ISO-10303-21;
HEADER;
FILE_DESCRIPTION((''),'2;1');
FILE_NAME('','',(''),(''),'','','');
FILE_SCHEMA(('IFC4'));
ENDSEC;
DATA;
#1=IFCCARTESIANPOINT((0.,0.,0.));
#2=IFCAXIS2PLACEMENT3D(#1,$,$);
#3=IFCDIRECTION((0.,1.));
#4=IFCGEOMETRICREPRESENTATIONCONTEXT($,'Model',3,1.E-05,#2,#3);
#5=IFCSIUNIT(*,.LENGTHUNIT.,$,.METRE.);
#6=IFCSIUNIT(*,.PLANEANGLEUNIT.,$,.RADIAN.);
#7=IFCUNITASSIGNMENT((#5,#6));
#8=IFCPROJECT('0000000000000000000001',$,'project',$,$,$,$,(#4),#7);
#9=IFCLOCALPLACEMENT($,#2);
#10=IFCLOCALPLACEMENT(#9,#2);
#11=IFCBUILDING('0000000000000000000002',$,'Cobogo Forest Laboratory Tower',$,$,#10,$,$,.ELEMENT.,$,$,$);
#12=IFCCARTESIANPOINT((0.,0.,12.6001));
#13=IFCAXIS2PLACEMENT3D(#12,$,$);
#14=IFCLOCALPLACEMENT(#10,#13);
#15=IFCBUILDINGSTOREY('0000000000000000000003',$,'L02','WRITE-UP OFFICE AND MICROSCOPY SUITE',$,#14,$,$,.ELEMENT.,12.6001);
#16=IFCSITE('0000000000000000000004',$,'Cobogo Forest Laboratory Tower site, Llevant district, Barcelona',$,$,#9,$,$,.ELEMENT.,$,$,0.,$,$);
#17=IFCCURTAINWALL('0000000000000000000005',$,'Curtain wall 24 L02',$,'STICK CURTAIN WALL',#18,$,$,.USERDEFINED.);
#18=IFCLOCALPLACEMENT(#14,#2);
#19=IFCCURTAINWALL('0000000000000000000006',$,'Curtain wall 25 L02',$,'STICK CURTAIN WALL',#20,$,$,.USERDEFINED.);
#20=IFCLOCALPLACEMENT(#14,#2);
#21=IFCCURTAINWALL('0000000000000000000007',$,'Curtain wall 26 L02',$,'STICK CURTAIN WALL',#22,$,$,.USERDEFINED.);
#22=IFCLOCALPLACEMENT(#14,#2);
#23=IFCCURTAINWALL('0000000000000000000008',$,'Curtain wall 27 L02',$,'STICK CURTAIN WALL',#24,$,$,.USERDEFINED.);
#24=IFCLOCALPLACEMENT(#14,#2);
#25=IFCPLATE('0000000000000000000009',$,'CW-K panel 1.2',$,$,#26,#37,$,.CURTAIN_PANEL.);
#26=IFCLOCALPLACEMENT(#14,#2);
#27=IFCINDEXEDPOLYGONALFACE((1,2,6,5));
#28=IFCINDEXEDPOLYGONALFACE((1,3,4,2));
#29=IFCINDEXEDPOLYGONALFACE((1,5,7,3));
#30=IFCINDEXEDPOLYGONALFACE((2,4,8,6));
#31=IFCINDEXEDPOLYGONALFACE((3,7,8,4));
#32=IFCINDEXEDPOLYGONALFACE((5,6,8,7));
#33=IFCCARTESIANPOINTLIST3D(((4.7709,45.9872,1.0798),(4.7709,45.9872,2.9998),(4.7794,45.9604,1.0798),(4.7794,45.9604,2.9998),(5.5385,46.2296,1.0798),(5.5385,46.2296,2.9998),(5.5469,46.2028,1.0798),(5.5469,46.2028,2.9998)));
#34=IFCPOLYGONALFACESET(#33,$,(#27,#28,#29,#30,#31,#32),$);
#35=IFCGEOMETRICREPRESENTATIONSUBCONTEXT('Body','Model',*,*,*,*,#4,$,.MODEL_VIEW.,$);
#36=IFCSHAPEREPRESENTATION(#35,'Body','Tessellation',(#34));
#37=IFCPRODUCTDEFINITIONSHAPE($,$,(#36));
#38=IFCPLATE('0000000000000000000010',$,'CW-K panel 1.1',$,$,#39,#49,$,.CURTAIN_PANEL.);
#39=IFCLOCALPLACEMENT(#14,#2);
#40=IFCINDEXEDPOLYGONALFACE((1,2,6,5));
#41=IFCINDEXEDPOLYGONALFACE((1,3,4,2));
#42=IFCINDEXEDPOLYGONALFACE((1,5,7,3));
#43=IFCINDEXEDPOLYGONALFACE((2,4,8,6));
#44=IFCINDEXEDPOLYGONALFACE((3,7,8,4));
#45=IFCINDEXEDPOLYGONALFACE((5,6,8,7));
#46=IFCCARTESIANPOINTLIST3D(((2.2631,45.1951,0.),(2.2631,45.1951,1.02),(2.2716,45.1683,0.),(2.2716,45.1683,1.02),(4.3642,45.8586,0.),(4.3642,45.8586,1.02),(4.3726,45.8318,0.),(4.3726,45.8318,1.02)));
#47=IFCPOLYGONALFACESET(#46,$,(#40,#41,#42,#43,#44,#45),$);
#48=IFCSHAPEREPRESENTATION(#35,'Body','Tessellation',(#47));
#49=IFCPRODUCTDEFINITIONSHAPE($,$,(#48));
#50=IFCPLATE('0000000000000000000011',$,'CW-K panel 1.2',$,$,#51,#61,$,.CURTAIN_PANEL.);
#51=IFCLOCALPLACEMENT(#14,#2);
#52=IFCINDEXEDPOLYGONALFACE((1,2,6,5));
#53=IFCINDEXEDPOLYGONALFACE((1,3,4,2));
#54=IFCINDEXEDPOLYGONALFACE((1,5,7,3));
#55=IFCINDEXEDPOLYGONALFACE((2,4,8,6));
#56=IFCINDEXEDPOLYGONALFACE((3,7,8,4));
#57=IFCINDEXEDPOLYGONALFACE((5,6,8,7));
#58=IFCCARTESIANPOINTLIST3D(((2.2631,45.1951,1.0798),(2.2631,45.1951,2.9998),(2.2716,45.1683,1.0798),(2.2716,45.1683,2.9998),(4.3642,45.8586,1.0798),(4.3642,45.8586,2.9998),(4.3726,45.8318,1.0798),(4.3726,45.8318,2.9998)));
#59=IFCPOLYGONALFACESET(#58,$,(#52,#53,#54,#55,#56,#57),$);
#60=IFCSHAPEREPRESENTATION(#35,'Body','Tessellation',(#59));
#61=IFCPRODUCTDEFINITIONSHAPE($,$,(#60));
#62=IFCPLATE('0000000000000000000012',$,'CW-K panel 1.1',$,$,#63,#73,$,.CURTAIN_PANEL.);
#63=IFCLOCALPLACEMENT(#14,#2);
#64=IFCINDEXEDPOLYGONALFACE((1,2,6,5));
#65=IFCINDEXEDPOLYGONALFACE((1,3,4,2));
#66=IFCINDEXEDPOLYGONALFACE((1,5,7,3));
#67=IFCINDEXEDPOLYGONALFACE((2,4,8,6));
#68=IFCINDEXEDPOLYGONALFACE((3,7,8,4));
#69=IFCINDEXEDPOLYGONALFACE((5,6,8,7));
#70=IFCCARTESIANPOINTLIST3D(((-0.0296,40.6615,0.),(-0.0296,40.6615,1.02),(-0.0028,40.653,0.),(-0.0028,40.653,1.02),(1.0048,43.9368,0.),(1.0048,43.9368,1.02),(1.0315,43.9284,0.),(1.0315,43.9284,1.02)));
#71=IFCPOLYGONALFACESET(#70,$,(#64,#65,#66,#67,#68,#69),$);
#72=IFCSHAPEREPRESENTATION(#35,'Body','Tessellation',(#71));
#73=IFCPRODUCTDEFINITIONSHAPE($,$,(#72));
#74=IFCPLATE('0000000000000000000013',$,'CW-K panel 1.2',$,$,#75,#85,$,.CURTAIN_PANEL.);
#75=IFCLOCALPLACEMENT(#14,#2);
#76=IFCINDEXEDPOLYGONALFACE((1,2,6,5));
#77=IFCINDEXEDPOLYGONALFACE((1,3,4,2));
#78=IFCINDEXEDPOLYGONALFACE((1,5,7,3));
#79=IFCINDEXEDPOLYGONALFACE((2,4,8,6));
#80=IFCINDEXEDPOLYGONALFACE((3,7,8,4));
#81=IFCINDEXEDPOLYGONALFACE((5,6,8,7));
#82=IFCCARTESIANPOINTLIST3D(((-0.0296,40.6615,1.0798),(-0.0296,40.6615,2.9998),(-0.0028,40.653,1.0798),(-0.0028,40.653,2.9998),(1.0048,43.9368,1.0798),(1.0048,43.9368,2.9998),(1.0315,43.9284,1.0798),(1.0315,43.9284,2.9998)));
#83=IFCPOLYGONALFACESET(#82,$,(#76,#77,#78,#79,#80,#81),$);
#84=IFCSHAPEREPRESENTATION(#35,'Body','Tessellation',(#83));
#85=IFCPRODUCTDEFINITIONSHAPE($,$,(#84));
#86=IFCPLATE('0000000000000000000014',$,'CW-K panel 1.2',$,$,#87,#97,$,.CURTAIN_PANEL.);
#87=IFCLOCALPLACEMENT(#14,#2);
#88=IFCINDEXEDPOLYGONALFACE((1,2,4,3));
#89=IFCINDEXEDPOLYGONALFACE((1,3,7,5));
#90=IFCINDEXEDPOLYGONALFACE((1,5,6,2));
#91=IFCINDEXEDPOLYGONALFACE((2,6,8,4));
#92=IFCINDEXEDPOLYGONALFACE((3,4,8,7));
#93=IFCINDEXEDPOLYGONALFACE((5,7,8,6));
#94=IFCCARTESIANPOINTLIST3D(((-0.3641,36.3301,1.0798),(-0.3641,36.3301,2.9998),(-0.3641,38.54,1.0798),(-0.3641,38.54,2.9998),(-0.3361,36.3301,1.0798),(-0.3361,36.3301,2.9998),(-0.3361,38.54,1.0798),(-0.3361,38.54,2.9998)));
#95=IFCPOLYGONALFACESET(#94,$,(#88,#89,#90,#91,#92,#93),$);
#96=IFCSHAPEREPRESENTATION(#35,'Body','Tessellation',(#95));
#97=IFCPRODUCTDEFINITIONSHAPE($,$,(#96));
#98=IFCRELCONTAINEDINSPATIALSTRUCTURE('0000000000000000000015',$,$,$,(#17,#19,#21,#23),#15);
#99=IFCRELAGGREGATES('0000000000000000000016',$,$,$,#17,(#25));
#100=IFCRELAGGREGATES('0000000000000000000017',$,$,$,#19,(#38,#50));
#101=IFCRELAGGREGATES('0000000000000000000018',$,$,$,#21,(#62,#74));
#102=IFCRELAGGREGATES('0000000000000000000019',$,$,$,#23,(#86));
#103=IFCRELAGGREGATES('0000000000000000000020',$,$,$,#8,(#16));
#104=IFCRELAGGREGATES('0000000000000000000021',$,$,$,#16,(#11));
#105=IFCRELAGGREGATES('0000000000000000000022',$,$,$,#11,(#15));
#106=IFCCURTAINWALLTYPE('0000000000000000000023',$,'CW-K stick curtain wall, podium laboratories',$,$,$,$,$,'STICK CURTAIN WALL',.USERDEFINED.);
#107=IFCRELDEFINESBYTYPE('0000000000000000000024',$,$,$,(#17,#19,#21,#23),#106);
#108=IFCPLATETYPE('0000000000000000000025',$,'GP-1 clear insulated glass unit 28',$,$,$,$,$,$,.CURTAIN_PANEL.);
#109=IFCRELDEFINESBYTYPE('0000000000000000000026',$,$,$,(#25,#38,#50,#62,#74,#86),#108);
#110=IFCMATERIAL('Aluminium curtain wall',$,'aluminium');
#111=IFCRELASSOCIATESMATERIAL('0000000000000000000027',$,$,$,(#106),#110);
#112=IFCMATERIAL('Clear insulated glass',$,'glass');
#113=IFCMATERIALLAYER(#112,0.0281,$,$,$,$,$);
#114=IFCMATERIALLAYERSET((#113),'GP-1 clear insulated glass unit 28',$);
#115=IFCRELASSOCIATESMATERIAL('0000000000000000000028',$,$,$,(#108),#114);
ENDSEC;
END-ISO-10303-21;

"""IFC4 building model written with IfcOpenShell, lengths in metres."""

from ifc_helpers import new_model, si_unit, direction, frame, origin, origin_2d, place, context, subcontext, project, spatial, rectangle, extrude, material, layer, layer_set, type_object, element, aggregate, save


model = new_model("IFC4")

# Units and contexts
model_context = context("Model", 3, precision=1e-05, world=origin(), true_north=direction((0.0, 1.0)))
body_context = subcontext(model_context, "Body", "Model", "MODEL_VIEW")
ifc_project = project(units=[si_unit("LENGTHUNIT", "METRE"), si_unit("PLANEANGLEUNIT", "RADIAN")], contexts=[model_context])

# Site, building, storey
site_placement = place(None, origin())
site = spatial("IfcSite", under=ifc_project, at=site_placement, Name="Cobogo Forest Laboratory Tower site, Llevant district, Barcelona", CompositionType="ELEMENT", RefElevation=0.0)
building_placement = place(site_placement, origin())
building = spatial("IfcBuilding", under=site, at=building_placement, Name="Cobogo Forest Laboratory Tower", CompositionType="ELEMENT")
storey_placement = place(building_placement, frame((0.0, 0.0, 12.6001)))
storey = spatial("IfcBuildingStorey", under=building, at=storey_placement, Name="L02", Description="WRITE-UP OFFICE AND MICROSCOPY SUITE", CompositionType="ELEMENT", Elevation=12.6001)

# Curtain walls
ifc_material_1 = material(Name="Aluminium curtain wall", Category="aluminium")
curtain_wall_type = type_object("IfcCurtainWallType", Name="CW-K stick curtain wall, podium laboratories", ElementType="STICK CURTAIN WALL", PredefinedType="USERDEFINED", material=ifc_material_1)
curtain_wall_1_placement = place(storey_placement, origin())
curtain_wall_1 = element("IfcCurtainWall", 1, at=curtain_wall_1_placement, inside=storey, type_object=curtain_wall_type, Name="Curtain wall 24 L02", ObjectType="STICK CURTAIN WALL", PredefinedType="USERDEFINED")
curtain_wall_2_placement = place(storey_placement, origin())
curtain_wall_2 = element("IfcCurtainWall", 2, at=curtain_wall_2_placement, inside=storey, type_object=curtain_wall_type, Name="Curtain wall 25 L02", ObjectType="STICK CURTAIN WALL", PredefinedType="USERDEFINED")
curtain_wall_3_placement = place(storey_placement, origin())
curtain_wall_3 = element("IfcCurtainWall", 3, at=curtain_wall_3_placement, inside=storey, type_object=curtain_wall_type, Name="Curtain wall 26 L02", ObjectType="STICK CURTAIN WALL", PredefinedType="USERDEFINED")

# Curtain wall
curtain_wall_4_placement = place(storey_placement, origin())
curtain_wall_4 = element("IfcCurtainWall", 4, at=curtain_wall_4_placement, inside=storey, type_object=curtain_wall_type, Name="Curtain wall 27 L02", ObjectType="STICK CURTAIN WALL", PredefinedType="USERDEFINED")

# Plates
ifc_material_2 = material(Name="Clear insulated glass", Category="glass")
ifc_layer = layer(ifc_material_2, 0.0281)
ifc_layer_set = layer_set([ifc_layer], Name="GP-1 clear insulated glass unit 28")
plate_type = type_object("IfcPlateType", Name="GP-1 clear insulated glass unit 28", PredefinedType="CURTAIN_PANEL", material=ifc_layer_set)
plate_1_placement = place(storey_placement, frame((5.1589, 46.095, 1.0798), z_axis=(0.0, 0.0, 1.0), x_axis=(-0.953581, -0.301135, 0.0)))
plate_1 = element("IfcPlate", 5, at=plate_1_placement, type_object=plate_type, Name="CW-K panel 1.2", PredefinedType="CURTAIN_PANEL", context=body_context, shape_type="SweptSolid", body=[
    extrude(rectangle(XDim=0.8049, YDim=0.0281, at=origin_2d()), origin(), (0.0, 0.0, 1.0), 1.9199),
])
aggregate(curtain_wall_1, [plate_1])
plate_2_placement = place(storey_placement, frame((3.3179, 45.5134, 0.0), z_axis=(0.0, 0.0, 1.0), x_axis=(-0.953581, -0.301135, 0.0)))
plate_2 = element("IfcPlate", 6, at=plate_2_placement, type_object=plate_type, Name="CW-K panel 1.1", PredefinedType="CURTAIN_PANEL", context=body_context, shape_type="SweptSolid", body=[
    extrude(rectangle(XDim=2.2034, YDim=0.0281, at=origin_2d()), origin(), (0.0, 0.0, 1.0), 1.02),
])
plate_3_placement = place(storey_placement, frame((3.3179, 45.5134, 1.0798), z_axis=(0.0, 0.0, 1.0), x_axis=(-0.953581, -0.301135, 0.0)))
plate_3 = element("IfcPlate", 7, at=plate_3_placement, type_object=plate_type, Name="CW-K panel 1.2", PredefinedType="CURTAIN_PANEL", context=body_context, shape_type="SweptSolid", body=[
    extrude(rectangle(XDim=2.2034, YDim=0.0281, at=origin_2d()), origin(), (0.0, 0.0, 1.0), 1.9199),
])
aggregate(curtain_wall_2, [plate_2, plate_3])
plate_4_placement = place(storey_placement, frame((0.501, 42.2949, 0.0), z_axis=(0.0, 0.0, 1.0), x_axis=(-0.301135, -0.953581, 0.0)))
plate_4 = element("IfcPlate", 8, at=plate_4_placement, type_object=plate_type, Name="CW-K panel 1.1", PredefinedType="CURTAIN_PANEL", context=body_context, shape_type="SweptSolid", body=[
    extrude(rectangle(XDim=3.4348, YDim=0.0281, at=origin_2d()), origin(), (0.0, 0.0, 1.0), 1.02),
])
plate_5_placement = place(storey_placement, frame((0.501, 42.2949, 1.0798), z_axis=(0.0, 0.0, 1.0), x_axis=(-0.301135, -0.953581, 0.0)))
plate_5 = element("IfcPlate", 9, at=plate_5_placement, type_object=plate_type, Name="CW-K panel 1.2", PredefinedType="CURTAIN_PANEL", context=body_context, shape_type="SweptSolid", body=[
    extrude(rectangle(XDim=3.4348, YDim=0.0281, at=origin_2d()), origin(), (0.0, 0.0, 1.0), 1.9199),
])
aggregate(curtain_wall_3, [plate_4, plate_5])
plate_6_placement = place(storey_placement, frame((-0.3501, 37.4351, 1.0798), z_axis=(0.0, 0.0, 1.0), x_axis=(0.0, -1.0, 0.0)))
plate_6 = element("IfcPlate", 10, at=plate_6_placement, type_object=plate_type, Name="CW-K panel 1.2", PredefinedType="CURTAIN_PANEL", context=body_context, shape_type="SweptSolid", body=[
    extrude(rectangle(XDim=2.21, YDim=0.0281, at=origin_2d()), origin(), (0.0, 0.0, 1.0), 1.9199),
])
aggregate(curtain_wall_4, [plate_6])

save(model, "model.ifc")
